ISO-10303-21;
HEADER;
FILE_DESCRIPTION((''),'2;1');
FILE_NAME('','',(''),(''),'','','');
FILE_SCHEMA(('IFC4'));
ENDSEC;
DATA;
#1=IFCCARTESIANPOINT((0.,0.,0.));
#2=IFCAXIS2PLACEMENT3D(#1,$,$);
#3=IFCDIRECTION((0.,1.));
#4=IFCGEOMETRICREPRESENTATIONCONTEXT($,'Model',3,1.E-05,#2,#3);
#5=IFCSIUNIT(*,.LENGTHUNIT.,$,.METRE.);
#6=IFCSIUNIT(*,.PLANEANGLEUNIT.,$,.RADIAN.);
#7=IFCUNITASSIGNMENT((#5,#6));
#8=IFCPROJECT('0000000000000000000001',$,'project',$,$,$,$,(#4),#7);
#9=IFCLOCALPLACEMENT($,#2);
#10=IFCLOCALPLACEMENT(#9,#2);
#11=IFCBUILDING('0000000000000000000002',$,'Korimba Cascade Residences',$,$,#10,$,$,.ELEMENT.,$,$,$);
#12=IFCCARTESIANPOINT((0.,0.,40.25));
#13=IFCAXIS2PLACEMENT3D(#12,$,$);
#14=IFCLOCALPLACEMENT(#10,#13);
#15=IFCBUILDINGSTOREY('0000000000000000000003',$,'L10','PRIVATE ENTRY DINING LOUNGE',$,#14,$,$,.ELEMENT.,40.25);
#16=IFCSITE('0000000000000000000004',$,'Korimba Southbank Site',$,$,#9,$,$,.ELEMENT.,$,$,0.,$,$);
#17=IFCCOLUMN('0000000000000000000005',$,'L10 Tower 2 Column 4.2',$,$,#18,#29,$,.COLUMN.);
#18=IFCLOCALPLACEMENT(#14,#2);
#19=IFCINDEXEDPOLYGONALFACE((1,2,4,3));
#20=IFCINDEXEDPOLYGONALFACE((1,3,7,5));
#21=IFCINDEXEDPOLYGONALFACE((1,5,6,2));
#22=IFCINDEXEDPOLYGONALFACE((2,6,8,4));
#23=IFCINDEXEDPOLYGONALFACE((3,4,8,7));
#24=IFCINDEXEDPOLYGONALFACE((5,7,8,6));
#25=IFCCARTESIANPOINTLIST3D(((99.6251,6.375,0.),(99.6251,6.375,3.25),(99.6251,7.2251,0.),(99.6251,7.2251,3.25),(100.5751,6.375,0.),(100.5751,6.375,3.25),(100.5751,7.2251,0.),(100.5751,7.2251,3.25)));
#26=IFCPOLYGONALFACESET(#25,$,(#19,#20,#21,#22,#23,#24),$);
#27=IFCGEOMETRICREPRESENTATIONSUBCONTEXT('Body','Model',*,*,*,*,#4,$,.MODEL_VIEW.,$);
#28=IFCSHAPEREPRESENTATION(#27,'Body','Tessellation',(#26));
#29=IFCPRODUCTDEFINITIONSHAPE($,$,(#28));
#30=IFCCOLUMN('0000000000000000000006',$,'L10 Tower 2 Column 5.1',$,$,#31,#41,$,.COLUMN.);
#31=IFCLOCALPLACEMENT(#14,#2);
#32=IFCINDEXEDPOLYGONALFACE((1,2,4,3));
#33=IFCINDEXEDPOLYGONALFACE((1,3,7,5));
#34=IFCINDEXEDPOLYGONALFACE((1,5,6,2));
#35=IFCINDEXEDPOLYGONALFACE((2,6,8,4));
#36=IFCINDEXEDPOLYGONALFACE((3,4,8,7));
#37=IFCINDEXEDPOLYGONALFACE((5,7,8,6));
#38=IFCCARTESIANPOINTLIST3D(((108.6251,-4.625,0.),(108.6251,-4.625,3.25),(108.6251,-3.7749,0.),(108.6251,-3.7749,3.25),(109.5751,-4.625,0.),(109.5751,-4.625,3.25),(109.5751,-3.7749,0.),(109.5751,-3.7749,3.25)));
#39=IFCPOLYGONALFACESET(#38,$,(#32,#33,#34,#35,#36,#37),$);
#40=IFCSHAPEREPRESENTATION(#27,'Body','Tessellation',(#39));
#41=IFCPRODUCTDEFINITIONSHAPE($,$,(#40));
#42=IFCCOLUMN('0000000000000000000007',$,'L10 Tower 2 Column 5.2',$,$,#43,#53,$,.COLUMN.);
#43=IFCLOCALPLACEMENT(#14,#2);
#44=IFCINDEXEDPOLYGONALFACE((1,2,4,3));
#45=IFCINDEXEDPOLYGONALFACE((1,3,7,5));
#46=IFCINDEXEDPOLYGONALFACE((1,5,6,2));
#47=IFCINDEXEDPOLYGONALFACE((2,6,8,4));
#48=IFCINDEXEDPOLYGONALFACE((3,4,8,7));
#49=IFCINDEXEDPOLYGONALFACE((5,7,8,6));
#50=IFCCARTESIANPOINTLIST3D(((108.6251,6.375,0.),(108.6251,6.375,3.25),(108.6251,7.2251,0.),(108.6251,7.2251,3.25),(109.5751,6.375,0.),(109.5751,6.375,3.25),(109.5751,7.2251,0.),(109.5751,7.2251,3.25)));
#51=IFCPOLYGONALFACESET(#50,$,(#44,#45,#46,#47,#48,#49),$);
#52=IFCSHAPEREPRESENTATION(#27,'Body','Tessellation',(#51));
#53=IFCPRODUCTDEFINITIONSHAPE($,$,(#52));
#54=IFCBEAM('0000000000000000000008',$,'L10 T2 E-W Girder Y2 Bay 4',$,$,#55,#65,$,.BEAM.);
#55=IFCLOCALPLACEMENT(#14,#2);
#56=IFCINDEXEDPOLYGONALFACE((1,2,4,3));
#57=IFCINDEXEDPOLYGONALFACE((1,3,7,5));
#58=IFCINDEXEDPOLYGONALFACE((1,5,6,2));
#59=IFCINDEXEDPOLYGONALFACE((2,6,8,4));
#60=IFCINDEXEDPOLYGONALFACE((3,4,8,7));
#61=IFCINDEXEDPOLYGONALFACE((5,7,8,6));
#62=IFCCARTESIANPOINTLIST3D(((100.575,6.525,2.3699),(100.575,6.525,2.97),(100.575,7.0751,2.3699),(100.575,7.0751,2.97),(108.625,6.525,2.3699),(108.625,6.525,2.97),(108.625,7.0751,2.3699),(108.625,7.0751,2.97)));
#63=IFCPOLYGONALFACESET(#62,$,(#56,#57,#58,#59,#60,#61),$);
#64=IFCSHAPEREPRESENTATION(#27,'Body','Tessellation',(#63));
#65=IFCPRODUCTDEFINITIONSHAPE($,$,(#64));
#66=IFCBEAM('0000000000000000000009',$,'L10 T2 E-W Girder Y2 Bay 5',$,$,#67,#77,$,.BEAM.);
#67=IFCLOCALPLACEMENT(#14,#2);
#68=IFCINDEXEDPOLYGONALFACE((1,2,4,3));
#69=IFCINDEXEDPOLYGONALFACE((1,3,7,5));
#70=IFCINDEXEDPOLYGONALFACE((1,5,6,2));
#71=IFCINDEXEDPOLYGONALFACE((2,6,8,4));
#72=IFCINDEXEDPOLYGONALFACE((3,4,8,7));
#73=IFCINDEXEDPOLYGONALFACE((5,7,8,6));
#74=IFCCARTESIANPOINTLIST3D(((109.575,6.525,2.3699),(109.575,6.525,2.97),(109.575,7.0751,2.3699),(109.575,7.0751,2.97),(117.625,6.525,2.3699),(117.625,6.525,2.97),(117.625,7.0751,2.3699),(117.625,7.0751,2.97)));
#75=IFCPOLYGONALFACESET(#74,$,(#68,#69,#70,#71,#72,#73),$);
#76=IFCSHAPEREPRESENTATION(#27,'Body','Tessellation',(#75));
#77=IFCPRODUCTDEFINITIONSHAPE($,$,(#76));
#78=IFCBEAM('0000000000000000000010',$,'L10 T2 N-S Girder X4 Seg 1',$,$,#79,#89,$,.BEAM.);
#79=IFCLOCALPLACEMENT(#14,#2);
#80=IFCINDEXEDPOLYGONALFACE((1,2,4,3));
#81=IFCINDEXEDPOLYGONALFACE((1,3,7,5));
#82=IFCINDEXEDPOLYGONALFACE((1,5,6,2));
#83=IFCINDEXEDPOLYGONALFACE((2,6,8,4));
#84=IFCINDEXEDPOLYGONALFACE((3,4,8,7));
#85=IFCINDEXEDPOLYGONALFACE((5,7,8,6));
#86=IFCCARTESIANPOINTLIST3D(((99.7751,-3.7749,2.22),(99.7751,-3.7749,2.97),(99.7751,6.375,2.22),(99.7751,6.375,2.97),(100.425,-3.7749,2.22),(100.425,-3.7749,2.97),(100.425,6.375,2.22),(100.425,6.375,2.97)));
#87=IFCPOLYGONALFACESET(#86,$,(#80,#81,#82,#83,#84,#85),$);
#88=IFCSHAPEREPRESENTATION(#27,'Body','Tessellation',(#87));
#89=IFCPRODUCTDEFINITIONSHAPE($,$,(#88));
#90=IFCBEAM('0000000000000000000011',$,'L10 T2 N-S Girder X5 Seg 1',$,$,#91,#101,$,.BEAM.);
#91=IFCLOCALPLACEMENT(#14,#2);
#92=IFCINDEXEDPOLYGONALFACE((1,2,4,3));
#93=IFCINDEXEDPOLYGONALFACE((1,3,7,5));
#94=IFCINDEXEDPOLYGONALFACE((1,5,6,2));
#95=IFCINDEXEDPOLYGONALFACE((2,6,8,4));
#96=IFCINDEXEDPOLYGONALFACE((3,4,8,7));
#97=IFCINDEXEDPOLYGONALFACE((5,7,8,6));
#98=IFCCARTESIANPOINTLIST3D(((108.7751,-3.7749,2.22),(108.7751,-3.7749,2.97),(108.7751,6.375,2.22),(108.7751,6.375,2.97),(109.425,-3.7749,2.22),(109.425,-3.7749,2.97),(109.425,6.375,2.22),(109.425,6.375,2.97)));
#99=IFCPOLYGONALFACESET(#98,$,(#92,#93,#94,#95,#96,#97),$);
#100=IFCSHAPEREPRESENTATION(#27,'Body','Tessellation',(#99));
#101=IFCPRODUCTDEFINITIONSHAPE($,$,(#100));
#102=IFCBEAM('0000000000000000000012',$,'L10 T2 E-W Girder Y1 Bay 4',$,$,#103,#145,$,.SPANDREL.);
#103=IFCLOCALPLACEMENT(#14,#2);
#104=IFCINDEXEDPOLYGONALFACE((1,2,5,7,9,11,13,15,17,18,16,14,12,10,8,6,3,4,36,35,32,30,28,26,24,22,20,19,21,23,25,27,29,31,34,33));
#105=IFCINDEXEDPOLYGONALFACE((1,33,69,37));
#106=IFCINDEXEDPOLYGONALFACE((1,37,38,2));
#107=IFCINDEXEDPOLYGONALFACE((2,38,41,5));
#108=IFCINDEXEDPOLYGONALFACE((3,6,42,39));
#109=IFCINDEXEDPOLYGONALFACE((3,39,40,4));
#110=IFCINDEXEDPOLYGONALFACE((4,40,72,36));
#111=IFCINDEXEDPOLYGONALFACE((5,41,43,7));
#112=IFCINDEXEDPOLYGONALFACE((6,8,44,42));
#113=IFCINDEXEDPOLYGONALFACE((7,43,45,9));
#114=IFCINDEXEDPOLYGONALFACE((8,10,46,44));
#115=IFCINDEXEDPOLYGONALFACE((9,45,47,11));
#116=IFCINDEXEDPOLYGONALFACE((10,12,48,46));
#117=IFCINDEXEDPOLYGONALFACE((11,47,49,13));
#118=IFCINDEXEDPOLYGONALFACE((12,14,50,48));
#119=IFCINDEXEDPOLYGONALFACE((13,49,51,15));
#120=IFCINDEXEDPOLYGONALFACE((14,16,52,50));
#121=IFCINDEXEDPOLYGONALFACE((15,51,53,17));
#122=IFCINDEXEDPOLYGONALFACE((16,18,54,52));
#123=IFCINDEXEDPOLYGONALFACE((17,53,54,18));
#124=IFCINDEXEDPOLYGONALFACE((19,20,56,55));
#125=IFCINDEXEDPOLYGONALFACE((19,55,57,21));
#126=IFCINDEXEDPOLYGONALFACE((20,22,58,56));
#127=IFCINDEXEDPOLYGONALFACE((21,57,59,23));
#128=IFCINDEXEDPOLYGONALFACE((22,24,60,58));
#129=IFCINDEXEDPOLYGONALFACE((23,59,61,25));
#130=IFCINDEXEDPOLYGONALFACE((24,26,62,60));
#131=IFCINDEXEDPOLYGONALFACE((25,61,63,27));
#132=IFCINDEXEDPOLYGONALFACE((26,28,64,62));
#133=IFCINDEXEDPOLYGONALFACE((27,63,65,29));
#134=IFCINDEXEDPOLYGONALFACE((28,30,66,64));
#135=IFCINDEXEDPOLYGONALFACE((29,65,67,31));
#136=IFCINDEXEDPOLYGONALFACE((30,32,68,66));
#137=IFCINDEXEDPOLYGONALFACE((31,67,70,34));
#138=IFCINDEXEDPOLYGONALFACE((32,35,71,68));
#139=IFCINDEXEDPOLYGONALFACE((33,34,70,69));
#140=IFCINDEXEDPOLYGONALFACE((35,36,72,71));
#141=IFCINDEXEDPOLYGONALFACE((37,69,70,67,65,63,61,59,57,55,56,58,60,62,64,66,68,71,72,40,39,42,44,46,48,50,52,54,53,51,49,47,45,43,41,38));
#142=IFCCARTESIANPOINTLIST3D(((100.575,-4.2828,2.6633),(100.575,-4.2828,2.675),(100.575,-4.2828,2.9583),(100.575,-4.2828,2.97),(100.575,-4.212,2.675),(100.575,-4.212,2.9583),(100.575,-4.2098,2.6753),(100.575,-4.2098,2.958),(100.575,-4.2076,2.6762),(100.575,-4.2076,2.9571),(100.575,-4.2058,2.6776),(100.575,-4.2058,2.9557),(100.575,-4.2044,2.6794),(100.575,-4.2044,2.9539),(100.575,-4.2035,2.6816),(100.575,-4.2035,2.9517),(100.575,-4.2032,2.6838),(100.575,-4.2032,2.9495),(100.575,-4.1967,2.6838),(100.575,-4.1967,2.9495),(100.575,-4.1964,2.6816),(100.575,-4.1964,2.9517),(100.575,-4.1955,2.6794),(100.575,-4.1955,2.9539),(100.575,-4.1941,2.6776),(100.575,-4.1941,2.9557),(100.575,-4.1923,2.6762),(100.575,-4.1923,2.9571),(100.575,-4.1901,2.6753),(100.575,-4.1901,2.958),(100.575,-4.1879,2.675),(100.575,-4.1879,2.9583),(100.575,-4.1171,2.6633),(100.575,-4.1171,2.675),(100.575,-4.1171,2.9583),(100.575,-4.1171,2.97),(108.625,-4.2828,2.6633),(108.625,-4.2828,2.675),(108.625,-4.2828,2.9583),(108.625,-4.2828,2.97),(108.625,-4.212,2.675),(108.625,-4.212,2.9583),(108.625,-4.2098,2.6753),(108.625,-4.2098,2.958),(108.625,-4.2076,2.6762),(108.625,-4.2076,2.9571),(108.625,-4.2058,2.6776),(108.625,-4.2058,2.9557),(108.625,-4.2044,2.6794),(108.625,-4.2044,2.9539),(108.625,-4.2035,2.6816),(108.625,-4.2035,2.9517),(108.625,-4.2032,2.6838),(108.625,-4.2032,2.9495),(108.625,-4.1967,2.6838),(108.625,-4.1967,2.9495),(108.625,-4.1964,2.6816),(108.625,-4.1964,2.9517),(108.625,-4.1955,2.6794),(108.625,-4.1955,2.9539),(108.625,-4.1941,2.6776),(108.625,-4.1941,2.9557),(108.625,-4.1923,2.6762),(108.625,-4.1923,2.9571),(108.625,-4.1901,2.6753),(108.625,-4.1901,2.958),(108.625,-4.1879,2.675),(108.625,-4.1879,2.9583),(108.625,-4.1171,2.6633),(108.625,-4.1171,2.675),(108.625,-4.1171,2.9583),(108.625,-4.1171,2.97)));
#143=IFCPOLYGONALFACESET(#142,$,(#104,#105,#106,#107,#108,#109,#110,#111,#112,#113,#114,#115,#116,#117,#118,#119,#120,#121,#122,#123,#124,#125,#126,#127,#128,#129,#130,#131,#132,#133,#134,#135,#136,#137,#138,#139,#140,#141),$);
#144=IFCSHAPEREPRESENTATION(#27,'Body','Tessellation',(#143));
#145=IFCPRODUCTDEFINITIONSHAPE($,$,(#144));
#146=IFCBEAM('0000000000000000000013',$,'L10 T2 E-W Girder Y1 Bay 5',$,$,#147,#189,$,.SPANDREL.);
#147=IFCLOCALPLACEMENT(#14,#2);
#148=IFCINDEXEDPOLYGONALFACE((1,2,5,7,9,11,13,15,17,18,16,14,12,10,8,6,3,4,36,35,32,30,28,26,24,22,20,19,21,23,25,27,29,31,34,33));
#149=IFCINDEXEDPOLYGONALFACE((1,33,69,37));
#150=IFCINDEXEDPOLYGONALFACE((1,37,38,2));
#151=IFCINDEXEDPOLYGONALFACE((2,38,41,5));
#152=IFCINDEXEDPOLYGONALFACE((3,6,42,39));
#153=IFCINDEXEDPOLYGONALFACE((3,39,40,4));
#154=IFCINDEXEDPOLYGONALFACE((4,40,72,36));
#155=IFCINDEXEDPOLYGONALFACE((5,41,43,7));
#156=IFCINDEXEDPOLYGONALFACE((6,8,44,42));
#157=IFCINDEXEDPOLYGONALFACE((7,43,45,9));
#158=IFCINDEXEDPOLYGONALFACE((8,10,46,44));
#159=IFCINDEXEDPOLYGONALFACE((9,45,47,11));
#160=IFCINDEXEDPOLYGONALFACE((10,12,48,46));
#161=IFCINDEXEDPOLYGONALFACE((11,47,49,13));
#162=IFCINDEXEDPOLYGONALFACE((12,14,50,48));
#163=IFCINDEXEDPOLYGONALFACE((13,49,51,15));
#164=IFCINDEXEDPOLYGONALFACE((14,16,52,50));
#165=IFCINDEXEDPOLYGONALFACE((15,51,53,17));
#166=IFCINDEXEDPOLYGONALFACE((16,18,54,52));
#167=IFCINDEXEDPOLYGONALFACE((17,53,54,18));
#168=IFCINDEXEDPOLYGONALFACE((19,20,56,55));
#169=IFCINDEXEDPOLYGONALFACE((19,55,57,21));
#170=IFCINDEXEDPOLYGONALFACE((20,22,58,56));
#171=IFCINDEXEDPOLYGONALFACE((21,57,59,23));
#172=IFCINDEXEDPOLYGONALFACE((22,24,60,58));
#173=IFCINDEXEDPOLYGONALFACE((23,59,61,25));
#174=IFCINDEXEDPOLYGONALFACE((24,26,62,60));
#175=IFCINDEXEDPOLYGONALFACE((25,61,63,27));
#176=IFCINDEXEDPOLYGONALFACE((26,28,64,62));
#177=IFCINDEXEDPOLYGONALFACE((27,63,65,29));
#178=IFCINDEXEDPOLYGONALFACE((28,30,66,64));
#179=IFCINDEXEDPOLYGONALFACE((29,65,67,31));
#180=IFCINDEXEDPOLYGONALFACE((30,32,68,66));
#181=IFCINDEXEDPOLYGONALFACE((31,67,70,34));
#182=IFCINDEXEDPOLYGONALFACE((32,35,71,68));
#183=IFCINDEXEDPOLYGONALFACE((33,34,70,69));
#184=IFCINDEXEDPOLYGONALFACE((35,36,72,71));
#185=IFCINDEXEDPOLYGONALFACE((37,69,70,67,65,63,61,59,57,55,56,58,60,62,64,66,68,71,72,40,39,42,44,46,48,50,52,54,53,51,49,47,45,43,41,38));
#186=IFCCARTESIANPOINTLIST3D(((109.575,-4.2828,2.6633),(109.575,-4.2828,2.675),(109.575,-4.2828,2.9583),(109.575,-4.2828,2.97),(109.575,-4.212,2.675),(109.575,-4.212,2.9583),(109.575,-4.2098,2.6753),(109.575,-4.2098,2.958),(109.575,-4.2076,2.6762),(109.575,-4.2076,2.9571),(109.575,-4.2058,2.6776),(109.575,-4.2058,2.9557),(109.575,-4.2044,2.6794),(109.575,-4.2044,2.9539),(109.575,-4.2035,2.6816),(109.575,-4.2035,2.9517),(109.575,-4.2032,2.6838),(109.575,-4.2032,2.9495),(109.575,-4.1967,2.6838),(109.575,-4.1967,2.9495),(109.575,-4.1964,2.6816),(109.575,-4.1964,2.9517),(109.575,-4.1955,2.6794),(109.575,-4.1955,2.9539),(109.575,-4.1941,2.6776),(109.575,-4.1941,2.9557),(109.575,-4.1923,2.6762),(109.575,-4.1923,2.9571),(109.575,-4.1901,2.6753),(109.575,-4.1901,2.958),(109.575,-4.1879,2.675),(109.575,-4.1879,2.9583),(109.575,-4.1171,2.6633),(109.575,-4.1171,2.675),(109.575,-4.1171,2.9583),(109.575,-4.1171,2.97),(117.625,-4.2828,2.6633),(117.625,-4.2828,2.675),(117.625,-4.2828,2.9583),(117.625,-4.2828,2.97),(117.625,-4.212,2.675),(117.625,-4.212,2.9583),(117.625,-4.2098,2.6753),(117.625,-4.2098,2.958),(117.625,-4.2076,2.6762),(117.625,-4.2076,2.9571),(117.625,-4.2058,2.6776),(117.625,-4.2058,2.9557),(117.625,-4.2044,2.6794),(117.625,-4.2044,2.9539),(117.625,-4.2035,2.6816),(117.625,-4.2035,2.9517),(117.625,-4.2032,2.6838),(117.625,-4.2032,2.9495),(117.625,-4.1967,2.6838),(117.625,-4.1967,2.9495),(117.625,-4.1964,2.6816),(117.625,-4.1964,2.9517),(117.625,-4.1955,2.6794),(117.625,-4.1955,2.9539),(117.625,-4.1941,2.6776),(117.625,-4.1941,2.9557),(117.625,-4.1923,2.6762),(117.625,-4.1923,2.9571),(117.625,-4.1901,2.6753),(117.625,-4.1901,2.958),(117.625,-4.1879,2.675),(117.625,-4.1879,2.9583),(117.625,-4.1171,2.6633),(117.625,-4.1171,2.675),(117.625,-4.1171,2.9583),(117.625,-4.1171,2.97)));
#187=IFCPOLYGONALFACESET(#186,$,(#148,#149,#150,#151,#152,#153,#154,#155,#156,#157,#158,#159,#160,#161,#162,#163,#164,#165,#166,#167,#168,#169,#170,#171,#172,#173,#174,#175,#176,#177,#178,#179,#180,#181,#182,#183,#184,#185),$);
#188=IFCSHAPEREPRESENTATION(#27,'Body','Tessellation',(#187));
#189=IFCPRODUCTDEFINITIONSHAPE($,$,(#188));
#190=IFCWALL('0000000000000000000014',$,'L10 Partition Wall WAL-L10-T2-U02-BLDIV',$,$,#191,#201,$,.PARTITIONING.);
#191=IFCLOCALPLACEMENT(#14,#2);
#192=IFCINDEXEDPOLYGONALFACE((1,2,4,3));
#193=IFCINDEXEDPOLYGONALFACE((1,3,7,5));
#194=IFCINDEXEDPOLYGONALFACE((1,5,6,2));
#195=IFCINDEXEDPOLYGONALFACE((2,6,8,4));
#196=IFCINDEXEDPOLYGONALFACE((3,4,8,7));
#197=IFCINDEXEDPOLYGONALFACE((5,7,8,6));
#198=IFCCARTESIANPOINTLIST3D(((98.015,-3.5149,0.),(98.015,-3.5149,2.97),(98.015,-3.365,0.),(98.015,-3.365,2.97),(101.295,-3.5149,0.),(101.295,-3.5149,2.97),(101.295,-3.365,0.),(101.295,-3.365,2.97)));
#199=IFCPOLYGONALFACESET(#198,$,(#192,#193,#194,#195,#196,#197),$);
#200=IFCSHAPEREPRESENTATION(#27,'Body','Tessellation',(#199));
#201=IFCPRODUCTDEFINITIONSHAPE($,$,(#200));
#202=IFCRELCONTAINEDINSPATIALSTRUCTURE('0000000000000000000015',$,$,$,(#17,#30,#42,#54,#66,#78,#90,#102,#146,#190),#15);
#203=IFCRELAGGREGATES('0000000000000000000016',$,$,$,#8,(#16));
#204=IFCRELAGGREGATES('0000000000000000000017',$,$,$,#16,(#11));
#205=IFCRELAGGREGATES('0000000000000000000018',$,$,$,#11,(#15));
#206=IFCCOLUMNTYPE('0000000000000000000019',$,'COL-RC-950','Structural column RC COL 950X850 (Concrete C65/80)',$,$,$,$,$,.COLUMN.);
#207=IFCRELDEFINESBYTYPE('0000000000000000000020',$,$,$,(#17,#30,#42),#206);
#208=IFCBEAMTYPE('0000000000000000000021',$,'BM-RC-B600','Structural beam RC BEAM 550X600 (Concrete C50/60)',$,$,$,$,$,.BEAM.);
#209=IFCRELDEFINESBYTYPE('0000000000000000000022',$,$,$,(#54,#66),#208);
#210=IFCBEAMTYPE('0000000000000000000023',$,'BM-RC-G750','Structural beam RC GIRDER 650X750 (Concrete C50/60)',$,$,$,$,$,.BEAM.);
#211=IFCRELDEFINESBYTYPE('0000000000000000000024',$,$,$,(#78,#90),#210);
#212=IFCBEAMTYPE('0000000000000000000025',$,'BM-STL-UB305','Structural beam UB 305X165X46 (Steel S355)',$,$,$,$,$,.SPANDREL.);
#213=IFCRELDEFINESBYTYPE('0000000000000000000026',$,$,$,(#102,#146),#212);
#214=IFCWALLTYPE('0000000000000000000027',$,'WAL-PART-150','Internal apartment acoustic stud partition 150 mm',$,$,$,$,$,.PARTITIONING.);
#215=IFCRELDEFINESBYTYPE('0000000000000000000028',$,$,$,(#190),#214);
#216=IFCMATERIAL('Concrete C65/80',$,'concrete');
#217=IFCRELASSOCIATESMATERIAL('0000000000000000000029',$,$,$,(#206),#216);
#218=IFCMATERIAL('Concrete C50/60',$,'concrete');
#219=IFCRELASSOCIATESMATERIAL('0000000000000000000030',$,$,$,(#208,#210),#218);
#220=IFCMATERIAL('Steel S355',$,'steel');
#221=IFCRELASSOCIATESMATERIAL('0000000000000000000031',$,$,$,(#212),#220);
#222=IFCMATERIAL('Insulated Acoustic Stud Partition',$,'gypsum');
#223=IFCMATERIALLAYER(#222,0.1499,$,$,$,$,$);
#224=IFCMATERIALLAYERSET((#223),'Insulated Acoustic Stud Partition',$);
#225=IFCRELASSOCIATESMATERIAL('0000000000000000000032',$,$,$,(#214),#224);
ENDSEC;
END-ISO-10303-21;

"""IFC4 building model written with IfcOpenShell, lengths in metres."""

from ifc_helpers import new_model, si_unit, direction, frame, frame_2d, origin, origin_2d, place, context, subcontext, project, spatial, rectangle, i_section, extrude, material, layer, layer_set, material_profile, profile_set, type_object, element, save


model = new_model("IFC4")

# Units and contexts
model_context = context("Model", 3, precision=1e-05, world=origin(), true_north=direction((0.0, 1.0)))
body_context = subcontext(model_context, "Body", "Model", "MODEL_VIEW")
ifc_project = project(units=[si_unit("LENGTHUNIT", "METRE"), si_unit("PLANEANGLEUNIT", "RADIAN")], contexts=[model_context])

# Site, building, storey
site_placement = place(None, origin())
site = spatial("IfcSite", under=ifc_project, at=site_placement, Name="Korimba Southbank Site", CompositionType="ELEMENT", RefElevation=0.0)
building_placement = place(site_placement, origin())
building = spatial("IfcBuilding", under=site, at=building_placement, Name="Korimba Cascade Residences", CompositionType="ELEMENT")
storey_placement = place(building_placement, frame((0.0, 0.0, 40.25)))
storey = spatial("IfcBuildingStorey", under=building, at=storey_placement, Name="L10", Description="PRIVATE ENTRY DINING LOUNGE", CompositionType="ELEMENT", Elevation=40.25)

# Columns
ifc_material_1 = material(Name="Concrete C65/80", Category="concrete")
ifc_material_profile_1 = material_profile(ifc_material_1, rectangle(XDim=0.95, YDim=0.8501, at=origin_2d()), Name="Concrete C65/80")
ifc_profile_set_1 = profile_set([ifc_material_profile_1], Name="Concrete C65/80")
column_type = type_object("IfcColumnType", Name="COL-RC-950", Description="Structural column RC COL 950X850 (Concrete C65/80)", PredefinedType="COLUMN", material=ifc_profile_set_1)
for number, where, z_axis, x_axis, name in (
    (1, (100.1001, 6.8, 0.0), (0.0, 0.0, 1.0), (1.0, 0.0, 0.0), "L10 Tower 2 Column 4.2"),
    (2, (109.1001, -4.2, 0.0), (0.0, 0.0, 1.0), (1.0, 0.0, 0.0), "L10 Tower 2 Column 5.1"),
    (3, (109.1001, 6.8, 0.0), (0.0, 0.0, 1.0), (1.0, 0.0, 0.0), "L10 Tower 2 Column 5.2"),
):
    element("IfcColumn", number, at=place(storey_placement, frame(where, z_axis=z_axis, x_axis=x_axis)), inside=storey, type_object=column_type, Name=name, PredefinedType="COLUMN", context=body_context, shape_type="SweptSolid", body=[
        extrude(rectangle(XDim=0.95, YDim=0.8501, at=origin_2d()), origin(), (0.0, 0.0, 1.0), 3.25),
    ])

# Beams
ifc_material_2 = material(Name="Concrete C50/60", Category="concrete")
ifc_material_profile_2 = material_profile(ifc_material_2, rectangle(XDim=0.55, YDim=0.6001, at=origin_2d()), Name="Concrete C50/60")
ifc_profile_set_2 = profile_set([ifc_material_profile_2], Name="Concrete C50/60")
beam_type_1 = type_object("IfcBeamType", Name="BM-RC-B600", Description="Structural beam RC BEAM 550X600 (Concrete C50/60)", PredefinedType="BEAM", material=ifc_profile_set_2)
for number, where, z_axis, x_axis, name in (
    (4, (100.575, 6.8, 2.6699), (1.0, 0.0, 0.0), (0.0, 1.0, 0.0), "L10 T2 E-W Girder Y2 Bay 4"),
    (5, (109.575, 6.8, 2.6699), (1.0, 0.0, 0.0), (0.0, 1.0, 0.0), "L10 T2 E-W Girder Y2 Bay 5"),
):
    element("IfcBeam", number, at=place(storey_placement, frame(where, z_axis=z_axis, x_axis=x_axis)), inside=storey, type_object=beam_type_1, Name=name, PredefinedType="BEAM", context=body_context, shape_type="SweptSolid", body=[
        extrude(rectangle(XDim=0.55, YDim=0.6001, at=origin_2d()), origin(), (0.0, 0.0, 1.0), 8.05),
    ])
ifc_material_profile_3 = material_profile(ifc_material_2, rectangle(XDim=0.6499, YDim=0.75, at=origin_2d()), Name="Concrete C50/60")
ifc_profile_set_3 = profile_set([ifc_material_profile_3], Name="Concrete C50/60")
beam_type_2 = type_object("IfcBeamType", Name="BM-RC-G750", Description="Structural beam RC GIRDER 650X750 (Concrete C50/60)", PredefinedType="BEAM", material=ifc_profile_set_3)
for number, where, z_axis, x_axis, name in (
    (6, (100.1001, -3.7749, 2.595), (0.0, 1.0, 0.0), (-1.0, 0.0, 0.0), "L10 T2 N-S Girder X4 Seg 1"),
    (7, (109.1001, -3.7749, 2.595), (0.0, 1.0, 0.0), (-1.0, 0.0, 0.0), "L10 T2 N-S Girder X5 Seg 1"),
):
    element("IfcBeam", number, at=place(storey_placement, frame(where, z_axis=z_axis, x_axis=x_axis)), inside=storey, type_object=beam_type_2, Name=name, PredefinedType="BEAM", context=body_context, shape_type="SweptSolid", body=[
        extrude(rectangle(XDim=0.6499, YDim=0.75, at=origin_2d()), origin(), (0.0, 0.0, 1.0), 10.1499),
    ])
ifc_material_3 = material(Name="Steel S355", Category="steel")
ifc_material_profile_4 = material_profile(ifc_material_3, i_section(OverallWidth=0.1658, OverallDepth=0.3066, WebThickness=0.0066, FlangeThickness=0.0117, FilletRadius=0.0088, at=origin_2d()), Name="Steel S355")
ifc_profile_set_4 = profile_set([ifc_material_profile_4], Name="Steel S355")
beam_type_3 = type_object("IfcBeamType", Name="BM-STL-UB305", Description="Structural beam UB 305X165X46 (Steel S355)", PredefinedType="SPANDREL", material=ifc_profile_set_4)
for number, where, z_axis, x_axis, name in (
    (8, (100.575, -4.2, 2.8167), (1.0, 0.0, 0.0), (0.0, 1.0, 0.0), "L10 T2 E-W Girder Y1 Bay 4"),
    (9, (109.575, -4.2, 2.8167), (1.0, 0.0, 0.0), (0.0, 1.0, 0.0), "L10 T2 E-W Girder Y1 Bay 5"),
):
    element("IfcBeam", number, at=place(storey_placement, frame(where, z_axis=z_axis, x_axis=x_axis)), inside=storey, type_object=beam_type_3, Name=name, PredefinedType="SPANDREL", context=body_context, shape_type="SweptSolid", body=[
        extrude(i_section(OverallWidth=0.1658, OverallDepth=0.3066, WebThickness=0.0066, FlangeThickness=0.0117, FilletRadius=0.0088, at=origin_2d()), origin(), (0.0, 0.0, 1.0), 8.05),
    ])

# Wall
ifc_material_4 = material(Name="Insulated Acoustic Stud Partition", Category="gypsum")
ifc_layer = layer(ifc_material_4, 0.1499)
ifc_layer_set = layer_set([ifc_layer], Name="Insulated Acoustic Stud Partition")
wall_type = type_object("IfcWallType", Name="WAL-PART-150", Description="Internal apartment acoustic stud partition 150 mm", PredefinedType="PARTITIONING", material=ifc_layer_set)
wall_1_placement = place(storey_placement, frame((98.0149, -3.4399, 0.0), z_axis=(0.0, 0.0, 1.0), x_axis=(1.0, 0.0, 0.0)))
element("IfcWall", 10, at=wall_1_placement, inside=storey, type_object=wall_type, Name="L10 Partition Wall WAL-L10-T2-U02-BLDIV", PredefinedType="PARTITIONING", context=body_context, shape_type="SweptSolid", body=[
    extrude(rectangle(XDim=3.28, YDim=0.1499, at=frame_2d((1.6401, 0.0))), origin(), (0.0, 0.0, 1.0), 2.97),
])

save(model, "model.ifc")
